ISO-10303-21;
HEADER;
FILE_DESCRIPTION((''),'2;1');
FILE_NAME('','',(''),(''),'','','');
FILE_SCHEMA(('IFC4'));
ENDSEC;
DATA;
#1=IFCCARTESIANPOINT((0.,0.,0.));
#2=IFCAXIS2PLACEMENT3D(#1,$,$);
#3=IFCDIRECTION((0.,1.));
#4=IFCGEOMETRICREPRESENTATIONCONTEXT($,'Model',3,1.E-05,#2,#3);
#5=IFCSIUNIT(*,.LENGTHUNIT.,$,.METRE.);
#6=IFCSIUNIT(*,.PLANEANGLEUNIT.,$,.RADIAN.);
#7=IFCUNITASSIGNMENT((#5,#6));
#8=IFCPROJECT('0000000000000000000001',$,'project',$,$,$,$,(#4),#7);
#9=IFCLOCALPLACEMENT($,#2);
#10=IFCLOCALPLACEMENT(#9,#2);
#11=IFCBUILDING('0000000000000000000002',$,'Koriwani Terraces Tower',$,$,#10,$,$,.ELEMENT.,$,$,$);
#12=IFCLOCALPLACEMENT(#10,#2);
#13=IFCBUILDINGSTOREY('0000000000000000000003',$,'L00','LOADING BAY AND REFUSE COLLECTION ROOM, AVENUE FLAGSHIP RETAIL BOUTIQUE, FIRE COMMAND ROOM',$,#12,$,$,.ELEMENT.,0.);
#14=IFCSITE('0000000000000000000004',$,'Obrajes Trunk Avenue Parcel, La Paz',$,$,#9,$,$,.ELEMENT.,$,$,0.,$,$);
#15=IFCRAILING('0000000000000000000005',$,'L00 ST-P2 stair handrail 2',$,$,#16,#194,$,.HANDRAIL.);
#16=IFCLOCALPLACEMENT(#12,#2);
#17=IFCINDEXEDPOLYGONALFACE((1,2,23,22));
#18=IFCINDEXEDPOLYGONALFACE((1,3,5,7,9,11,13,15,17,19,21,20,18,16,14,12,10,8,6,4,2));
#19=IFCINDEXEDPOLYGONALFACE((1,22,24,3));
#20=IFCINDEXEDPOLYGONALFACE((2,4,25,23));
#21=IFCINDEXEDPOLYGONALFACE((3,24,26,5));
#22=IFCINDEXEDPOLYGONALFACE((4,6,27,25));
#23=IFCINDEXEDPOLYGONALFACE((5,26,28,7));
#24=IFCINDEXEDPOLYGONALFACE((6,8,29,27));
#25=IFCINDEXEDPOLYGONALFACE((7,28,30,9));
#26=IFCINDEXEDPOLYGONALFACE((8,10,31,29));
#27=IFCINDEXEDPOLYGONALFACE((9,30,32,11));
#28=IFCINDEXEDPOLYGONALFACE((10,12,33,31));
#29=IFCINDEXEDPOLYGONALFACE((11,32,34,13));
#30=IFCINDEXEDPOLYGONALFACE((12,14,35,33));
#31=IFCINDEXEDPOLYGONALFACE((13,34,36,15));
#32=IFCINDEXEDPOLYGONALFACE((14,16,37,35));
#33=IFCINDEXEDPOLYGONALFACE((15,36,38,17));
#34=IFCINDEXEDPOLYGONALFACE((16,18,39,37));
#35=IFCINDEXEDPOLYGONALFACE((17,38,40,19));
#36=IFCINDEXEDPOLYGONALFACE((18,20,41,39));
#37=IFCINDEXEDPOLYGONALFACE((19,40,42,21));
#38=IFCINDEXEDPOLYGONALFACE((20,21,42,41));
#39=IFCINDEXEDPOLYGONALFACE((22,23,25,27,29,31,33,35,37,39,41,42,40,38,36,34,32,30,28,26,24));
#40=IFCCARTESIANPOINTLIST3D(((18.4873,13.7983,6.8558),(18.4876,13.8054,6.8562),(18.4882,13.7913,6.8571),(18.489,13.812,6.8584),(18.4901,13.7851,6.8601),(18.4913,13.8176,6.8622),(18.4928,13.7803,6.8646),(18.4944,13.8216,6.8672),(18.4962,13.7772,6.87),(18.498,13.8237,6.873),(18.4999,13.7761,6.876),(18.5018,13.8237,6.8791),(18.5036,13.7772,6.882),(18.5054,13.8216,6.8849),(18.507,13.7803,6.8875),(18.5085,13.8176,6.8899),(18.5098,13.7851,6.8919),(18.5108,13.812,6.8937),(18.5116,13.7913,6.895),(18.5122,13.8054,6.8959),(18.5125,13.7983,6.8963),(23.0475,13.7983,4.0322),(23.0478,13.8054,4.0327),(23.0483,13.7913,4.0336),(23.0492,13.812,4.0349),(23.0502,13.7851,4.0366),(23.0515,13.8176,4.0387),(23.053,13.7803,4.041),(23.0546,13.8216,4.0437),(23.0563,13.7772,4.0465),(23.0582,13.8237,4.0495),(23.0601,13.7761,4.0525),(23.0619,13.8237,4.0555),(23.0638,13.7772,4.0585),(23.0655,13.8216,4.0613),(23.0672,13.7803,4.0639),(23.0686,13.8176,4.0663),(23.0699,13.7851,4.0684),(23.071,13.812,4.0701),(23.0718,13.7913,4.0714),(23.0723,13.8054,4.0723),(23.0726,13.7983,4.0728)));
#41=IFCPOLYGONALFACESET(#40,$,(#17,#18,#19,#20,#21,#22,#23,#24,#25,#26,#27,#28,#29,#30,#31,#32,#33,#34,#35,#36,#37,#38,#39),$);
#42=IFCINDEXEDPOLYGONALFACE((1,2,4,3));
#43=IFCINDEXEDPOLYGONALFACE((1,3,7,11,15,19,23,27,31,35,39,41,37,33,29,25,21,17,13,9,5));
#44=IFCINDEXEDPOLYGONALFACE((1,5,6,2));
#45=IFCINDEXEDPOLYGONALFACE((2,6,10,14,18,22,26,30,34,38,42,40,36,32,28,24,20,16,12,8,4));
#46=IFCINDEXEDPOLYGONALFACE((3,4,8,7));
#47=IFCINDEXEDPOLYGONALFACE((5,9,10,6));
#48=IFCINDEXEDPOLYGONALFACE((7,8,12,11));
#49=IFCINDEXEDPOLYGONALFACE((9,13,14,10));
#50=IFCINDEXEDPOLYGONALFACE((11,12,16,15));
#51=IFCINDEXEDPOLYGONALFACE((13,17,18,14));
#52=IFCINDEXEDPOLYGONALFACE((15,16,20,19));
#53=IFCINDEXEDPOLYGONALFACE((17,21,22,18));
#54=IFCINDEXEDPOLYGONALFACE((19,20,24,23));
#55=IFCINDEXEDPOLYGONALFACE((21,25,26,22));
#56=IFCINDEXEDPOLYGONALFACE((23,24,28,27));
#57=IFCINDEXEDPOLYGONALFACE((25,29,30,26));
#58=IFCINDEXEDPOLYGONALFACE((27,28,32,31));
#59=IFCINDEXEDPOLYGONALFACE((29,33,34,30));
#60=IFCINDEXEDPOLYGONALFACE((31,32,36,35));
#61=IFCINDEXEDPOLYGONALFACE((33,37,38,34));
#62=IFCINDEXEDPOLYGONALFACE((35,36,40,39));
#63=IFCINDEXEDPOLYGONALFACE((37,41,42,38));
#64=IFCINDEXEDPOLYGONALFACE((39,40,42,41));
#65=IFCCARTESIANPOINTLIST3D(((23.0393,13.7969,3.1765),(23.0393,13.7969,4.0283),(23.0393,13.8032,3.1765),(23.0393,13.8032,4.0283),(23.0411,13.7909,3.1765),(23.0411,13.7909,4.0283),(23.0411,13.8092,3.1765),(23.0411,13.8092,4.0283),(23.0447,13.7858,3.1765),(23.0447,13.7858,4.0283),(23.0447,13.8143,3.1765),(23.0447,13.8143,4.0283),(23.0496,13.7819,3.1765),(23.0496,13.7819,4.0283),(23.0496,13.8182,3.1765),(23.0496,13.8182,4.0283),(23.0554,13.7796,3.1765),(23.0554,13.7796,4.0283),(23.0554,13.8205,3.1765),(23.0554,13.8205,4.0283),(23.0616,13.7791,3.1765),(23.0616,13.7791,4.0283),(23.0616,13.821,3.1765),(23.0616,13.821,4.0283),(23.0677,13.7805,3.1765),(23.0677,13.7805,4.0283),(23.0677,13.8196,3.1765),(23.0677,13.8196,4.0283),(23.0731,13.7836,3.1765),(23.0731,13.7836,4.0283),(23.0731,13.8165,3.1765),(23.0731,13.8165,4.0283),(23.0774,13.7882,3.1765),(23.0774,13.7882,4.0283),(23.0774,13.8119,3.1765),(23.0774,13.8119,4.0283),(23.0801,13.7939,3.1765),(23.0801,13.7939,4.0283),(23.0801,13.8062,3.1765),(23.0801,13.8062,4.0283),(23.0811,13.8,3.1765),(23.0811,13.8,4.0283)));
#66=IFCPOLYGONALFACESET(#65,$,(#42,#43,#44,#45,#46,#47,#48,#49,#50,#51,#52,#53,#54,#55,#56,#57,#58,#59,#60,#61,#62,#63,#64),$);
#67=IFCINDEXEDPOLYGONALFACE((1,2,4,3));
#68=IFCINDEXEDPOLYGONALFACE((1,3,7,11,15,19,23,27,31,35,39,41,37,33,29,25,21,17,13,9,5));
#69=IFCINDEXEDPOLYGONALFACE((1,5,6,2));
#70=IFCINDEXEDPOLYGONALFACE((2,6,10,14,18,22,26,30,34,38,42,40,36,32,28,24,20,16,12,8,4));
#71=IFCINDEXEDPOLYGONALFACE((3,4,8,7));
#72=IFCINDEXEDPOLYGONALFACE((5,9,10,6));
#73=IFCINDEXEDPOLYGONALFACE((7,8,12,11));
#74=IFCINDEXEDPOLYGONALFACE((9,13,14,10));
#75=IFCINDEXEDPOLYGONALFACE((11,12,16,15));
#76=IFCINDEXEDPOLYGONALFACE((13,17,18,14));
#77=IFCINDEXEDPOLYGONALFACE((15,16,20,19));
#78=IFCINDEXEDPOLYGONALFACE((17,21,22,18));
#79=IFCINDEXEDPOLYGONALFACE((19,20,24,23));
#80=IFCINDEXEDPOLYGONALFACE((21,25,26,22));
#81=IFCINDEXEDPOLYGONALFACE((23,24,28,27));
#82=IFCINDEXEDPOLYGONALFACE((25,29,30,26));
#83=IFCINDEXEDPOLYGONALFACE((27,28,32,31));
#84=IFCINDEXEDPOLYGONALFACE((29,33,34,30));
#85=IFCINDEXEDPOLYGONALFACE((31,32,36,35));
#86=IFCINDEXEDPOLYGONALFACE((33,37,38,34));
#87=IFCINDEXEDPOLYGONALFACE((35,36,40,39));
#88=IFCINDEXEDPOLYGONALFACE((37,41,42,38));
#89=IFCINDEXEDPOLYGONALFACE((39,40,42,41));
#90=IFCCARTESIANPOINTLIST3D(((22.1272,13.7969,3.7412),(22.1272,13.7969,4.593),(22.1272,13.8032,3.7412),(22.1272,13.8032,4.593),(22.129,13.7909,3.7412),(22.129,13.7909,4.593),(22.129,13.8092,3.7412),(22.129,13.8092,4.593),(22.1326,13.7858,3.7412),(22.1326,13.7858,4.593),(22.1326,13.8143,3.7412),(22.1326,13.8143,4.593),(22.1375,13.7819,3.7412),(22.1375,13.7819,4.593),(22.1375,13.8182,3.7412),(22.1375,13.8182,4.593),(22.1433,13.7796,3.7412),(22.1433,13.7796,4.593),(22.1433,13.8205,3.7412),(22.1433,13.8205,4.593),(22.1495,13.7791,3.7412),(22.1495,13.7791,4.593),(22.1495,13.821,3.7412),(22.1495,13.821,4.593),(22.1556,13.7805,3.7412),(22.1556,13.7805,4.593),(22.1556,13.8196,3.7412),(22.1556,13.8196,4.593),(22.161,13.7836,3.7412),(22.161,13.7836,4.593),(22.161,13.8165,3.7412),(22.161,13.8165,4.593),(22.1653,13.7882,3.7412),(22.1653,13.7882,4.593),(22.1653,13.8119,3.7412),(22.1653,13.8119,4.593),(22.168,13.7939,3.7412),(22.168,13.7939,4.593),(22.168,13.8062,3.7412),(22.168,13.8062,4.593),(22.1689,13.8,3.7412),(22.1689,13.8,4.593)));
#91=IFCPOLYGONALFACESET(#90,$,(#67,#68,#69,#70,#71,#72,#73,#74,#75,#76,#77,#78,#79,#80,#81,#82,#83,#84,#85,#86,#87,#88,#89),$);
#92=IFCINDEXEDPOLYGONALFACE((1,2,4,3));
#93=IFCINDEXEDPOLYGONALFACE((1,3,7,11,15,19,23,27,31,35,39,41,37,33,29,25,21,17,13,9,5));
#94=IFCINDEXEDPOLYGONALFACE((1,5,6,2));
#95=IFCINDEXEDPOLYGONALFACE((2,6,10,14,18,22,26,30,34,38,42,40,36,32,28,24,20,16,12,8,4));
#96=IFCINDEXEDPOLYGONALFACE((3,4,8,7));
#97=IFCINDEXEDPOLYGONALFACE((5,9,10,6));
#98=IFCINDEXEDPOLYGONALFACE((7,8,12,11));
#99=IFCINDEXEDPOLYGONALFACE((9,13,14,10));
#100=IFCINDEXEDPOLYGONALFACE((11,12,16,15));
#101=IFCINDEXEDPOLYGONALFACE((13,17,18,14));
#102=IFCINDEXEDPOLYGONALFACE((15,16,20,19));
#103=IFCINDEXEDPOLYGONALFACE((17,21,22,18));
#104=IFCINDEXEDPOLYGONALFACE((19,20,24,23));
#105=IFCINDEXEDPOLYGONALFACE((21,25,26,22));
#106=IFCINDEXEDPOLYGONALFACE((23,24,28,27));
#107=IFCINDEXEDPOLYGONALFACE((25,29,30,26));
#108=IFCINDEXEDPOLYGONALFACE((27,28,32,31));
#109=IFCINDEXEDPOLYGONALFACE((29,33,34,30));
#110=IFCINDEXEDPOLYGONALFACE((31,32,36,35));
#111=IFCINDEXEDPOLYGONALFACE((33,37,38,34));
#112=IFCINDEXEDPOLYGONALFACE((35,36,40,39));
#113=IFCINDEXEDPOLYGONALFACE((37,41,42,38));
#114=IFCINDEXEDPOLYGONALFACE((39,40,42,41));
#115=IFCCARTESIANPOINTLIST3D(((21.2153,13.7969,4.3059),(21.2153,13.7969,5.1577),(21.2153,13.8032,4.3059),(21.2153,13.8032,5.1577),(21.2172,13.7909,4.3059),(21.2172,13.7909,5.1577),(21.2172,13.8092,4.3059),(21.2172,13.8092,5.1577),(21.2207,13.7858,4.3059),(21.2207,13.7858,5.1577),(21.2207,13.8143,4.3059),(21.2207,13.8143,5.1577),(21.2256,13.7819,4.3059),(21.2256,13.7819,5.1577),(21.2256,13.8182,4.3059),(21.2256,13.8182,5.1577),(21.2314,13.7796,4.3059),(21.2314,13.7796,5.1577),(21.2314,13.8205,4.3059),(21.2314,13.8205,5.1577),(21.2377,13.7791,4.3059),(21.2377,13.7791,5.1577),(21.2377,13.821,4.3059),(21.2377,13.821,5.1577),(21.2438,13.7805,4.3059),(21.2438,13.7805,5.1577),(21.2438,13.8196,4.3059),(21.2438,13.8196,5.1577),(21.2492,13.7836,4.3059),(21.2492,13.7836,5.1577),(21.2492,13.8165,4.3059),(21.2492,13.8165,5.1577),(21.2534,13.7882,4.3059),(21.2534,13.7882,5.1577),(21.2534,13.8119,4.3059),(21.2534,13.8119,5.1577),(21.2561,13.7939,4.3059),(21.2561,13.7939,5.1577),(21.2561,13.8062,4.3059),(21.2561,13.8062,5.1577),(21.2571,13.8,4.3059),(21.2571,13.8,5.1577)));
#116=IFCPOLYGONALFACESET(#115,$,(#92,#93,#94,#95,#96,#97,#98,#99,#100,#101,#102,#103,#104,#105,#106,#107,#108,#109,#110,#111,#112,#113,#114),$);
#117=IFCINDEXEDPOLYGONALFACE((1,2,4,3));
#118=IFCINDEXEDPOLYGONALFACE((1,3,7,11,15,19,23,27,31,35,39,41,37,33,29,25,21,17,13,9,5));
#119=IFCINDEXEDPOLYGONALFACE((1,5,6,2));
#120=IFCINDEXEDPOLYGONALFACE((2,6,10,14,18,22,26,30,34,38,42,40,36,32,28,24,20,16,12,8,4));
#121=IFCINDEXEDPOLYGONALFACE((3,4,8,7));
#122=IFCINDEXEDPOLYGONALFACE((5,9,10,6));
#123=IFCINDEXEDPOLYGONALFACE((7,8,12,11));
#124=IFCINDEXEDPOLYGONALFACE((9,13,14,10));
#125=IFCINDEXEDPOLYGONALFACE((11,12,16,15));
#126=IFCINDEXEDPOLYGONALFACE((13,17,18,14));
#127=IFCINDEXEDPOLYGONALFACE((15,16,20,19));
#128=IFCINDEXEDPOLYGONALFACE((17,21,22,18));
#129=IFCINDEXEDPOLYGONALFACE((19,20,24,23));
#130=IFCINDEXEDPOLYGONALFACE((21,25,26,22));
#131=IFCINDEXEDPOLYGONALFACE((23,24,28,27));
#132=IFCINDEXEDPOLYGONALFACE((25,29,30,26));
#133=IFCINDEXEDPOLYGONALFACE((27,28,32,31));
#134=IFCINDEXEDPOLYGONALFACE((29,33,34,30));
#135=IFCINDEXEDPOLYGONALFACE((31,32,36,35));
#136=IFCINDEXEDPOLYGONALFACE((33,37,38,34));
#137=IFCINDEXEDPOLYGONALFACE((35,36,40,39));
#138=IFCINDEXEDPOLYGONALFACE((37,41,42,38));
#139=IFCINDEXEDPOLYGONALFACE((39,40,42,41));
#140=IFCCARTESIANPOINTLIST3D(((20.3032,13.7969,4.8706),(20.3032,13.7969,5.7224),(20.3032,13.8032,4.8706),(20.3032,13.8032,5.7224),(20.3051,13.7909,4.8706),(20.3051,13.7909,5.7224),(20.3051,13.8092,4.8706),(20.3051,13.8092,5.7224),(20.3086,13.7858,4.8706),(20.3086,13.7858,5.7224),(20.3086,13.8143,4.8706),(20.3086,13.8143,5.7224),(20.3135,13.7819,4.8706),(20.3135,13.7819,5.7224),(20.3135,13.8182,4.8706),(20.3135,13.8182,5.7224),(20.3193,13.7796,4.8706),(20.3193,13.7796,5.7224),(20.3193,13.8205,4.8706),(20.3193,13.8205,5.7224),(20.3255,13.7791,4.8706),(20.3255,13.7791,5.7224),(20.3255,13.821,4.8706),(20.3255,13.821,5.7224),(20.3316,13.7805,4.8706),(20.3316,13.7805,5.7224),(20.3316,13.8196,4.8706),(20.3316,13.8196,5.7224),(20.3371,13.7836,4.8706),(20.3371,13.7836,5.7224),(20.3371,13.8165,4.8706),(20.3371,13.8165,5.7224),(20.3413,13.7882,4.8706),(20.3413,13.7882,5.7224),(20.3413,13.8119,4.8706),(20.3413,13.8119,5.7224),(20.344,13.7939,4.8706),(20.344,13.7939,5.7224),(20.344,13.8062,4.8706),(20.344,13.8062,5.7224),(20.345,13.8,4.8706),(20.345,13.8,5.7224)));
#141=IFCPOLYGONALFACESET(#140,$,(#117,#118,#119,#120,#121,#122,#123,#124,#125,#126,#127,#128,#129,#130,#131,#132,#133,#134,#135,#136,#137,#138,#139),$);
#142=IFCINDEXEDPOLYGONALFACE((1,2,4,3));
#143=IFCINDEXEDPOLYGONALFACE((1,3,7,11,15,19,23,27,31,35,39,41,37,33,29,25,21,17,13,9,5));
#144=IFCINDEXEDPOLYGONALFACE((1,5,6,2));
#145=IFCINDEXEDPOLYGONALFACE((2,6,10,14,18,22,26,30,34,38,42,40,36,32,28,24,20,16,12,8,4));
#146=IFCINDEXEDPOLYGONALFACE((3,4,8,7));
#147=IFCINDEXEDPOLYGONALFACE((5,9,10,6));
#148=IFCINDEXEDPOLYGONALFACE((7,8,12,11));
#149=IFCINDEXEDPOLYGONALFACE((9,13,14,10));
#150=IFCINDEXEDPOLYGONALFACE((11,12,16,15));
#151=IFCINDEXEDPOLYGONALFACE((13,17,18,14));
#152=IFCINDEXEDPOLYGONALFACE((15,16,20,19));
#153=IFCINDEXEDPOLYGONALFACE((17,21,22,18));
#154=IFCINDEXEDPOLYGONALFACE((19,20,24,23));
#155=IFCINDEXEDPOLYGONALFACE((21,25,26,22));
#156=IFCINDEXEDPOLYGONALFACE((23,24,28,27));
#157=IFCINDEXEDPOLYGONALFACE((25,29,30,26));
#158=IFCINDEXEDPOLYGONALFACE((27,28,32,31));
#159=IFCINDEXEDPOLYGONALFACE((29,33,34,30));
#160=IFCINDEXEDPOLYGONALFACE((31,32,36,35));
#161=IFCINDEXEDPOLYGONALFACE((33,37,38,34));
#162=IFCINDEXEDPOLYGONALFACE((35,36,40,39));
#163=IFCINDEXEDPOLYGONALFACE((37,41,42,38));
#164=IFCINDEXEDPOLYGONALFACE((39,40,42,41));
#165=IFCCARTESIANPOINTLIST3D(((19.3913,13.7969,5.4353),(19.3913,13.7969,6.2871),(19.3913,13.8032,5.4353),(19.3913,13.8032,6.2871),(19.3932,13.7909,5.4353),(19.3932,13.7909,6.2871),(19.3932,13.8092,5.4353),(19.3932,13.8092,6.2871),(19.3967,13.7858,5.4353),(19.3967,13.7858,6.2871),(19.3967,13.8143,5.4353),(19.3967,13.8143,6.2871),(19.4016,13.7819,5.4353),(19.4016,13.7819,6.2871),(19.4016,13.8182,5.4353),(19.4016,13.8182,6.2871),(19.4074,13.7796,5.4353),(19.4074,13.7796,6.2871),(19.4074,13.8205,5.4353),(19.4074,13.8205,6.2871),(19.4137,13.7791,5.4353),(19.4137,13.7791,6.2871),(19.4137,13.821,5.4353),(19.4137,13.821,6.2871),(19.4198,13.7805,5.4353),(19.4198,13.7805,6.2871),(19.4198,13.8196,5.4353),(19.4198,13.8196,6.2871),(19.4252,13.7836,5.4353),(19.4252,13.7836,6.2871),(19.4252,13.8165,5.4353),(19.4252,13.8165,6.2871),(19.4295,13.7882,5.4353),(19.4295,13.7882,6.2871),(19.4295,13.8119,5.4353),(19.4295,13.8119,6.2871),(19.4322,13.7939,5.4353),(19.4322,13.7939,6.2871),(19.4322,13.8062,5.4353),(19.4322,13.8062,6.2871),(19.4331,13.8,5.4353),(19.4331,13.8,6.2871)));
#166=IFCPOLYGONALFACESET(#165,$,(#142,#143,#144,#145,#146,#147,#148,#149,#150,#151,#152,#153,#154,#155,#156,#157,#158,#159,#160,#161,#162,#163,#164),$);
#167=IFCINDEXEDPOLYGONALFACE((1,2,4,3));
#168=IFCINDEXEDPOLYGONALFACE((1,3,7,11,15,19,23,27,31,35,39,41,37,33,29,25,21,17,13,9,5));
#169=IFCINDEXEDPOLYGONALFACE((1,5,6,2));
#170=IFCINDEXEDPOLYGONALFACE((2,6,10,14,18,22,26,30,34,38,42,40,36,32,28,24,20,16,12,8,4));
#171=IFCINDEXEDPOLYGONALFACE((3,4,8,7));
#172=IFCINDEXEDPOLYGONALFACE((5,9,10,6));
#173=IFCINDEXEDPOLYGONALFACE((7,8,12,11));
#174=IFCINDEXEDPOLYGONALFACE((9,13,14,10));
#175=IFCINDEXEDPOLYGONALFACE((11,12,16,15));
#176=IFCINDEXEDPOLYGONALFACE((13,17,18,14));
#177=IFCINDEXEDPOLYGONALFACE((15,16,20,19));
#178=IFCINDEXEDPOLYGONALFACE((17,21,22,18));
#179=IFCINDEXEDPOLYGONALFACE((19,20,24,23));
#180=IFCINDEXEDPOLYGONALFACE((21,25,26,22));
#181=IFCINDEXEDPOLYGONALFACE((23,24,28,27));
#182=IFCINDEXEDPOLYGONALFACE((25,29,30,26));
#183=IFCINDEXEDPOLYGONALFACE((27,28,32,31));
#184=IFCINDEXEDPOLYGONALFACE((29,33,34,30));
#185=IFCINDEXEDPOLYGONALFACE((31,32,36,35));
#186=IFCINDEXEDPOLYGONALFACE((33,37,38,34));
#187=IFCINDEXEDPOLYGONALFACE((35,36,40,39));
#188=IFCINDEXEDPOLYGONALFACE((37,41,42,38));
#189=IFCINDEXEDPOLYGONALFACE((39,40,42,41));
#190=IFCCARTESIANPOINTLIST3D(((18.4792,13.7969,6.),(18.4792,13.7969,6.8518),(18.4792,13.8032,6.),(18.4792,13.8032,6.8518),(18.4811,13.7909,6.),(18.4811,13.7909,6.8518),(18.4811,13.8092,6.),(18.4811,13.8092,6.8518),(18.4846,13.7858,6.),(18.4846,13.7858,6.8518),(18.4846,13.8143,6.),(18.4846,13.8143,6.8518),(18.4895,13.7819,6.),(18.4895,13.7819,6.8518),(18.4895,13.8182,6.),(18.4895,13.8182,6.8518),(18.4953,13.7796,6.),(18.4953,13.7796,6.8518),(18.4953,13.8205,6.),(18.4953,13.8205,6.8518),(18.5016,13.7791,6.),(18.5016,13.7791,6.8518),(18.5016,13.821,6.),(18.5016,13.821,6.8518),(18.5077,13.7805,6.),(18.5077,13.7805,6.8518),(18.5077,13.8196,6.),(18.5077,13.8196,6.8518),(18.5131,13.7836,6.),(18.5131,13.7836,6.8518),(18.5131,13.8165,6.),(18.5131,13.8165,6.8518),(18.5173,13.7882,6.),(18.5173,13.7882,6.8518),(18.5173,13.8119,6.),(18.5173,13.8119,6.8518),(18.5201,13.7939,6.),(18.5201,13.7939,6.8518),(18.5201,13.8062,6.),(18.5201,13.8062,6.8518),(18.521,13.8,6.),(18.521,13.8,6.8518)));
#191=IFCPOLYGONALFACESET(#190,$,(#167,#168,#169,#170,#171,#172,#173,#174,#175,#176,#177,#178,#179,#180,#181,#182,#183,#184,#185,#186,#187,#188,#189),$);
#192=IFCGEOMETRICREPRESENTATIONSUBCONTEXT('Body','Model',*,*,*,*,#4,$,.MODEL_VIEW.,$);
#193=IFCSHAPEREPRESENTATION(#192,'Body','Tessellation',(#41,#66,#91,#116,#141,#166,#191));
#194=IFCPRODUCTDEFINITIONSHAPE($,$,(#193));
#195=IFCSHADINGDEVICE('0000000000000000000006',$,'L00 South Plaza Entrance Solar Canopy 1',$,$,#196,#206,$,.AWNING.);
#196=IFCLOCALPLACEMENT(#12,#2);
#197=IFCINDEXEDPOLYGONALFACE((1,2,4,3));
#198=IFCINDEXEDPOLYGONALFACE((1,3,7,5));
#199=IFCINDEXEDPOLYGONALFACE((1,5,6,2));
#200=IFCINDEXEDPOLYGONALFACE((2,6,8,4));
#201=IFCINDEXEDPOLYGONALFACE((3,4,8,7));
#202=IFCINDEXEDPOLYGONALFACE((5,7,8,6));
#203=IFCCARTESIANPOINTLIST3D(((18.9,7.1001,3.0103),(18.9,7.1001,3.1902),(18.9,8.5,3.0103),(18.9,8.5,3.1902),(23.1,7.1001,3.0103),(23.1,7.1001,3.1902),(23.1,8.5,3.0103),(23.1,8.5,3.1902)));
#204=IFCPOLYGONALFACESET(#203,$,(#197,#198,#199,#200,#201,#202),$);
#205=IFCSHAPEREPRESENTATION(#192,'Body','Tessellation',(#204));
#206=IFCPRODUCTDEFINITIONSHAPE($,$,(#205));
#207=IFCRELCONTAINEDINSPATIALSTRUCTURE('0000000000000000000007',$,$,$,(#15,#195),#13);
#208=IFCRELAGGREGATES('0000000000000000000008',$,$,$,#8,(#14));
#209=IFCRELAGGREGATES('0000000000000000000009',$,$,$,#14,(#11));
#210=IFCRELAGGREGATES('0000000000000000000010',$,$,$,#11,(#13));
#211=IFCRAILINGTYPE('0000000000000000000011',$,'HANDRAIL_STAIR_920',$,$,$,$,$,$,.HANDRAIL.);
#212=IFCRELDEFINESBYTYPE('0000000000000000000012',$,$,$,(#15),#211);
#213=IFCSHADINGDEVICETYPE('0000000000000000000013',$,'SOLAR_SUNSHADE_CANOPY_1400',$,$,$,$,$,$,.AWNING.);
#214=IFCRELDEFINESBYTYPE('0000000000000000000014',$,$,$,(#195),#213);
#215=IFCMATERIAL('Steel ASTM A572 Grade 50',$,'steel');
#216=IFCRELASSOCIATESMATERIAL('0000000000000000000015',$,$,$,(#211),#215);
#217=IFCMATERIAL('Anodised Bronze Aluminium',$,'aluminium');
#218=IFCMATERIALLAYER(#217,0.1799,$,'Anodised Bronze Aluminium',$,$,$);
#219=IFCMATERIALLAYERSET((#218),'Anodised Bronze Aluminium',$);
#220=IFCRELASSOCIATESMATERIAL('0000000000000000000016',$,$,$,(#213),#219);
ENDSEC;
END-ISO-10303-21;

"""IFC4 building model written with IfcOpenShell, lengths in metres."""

from ifc_helpers import new_model, si_unit, direction, frame, origin, origin_2d, place, context, subcontext, project, spatial, rectangle, circle, extrude, material, layer, layer_set, type_object, element, save


model = new_model("IFC4")

# Units and contexts
model_context = context("Model", 3, precision=1e-05, world=origin(), true_north=direction((0.0, 1.0)))
body_context = subcontext(model_context, "Body", "Model", "MODEL_VIEW")
ifc_project = project(units=[si_unit("LENGTHUNIT", "METRE"), si_unit("PLANEANGLEUNIT", "RADIAN")], contexts=[model_context])

# Site, building, storey
site_placement = place(None, origin())
site = spatial("IfcSite", under=ifc_project, at=site_placement, Name="Obrajes Trunk Avenue Parcel, La Paz", CompositionType="ELEMENT", RefElevation=0.0)
building_placement = place(site_placement, origin())
building = spatial("IfcBuilding", under=site, at=building_placement, Name="Koriwani Terraces Tower", CompositionType="ELEMENT")
storey_placement = place(building_placement, origin())
storey = spatial("IfcBuildingStorey", under=building, at=storey_placement, Name="L00", Description="LOADING BAY AND REFUSE COLLECTION ROOM, AVENUE FLAGSHIP RETAIL BOUTIQUE, FIRE COMMAND ROOM", CompositionType="ELEMENT", Elevation=0.0)

# Shared definitions
ifc_material_1 = material(Name="Steel ASTM A572 Grade 50", Category="steel")

# Railing
railing_type_1 = type_object("IfcRailingType", Name="HANDRAIL_STAIR_920", PredefinedType="HANDRAIL", material=ifc_material_1)
railing_1_placement = place(storey_placement, frame((23.0601, 13.8, 3.1765)))
element("IfcRailing", 1, at=railing_1_placement, inside=storey, type_object=railing_type_1, Name="L00 ST-P2 stair handrail 2", PredefinedType="HANDRAIL", context=body_context, shape_type="SweptSolid", body=[
    extrude(circle(Radius=0.0239, at=origin_2d()), frame((0.0, 0.0, 0.876), z_axis=(-0.850216, 0.0, 0.526435), x_axis=(0.0, -1.0, 0.0)), (0.0, 0.0, 1.0), 5.3635),
    extrude(circle(Radius=0.021, at=origin_2d()), origin(), (0.0, 0.0, 1.0), 0.8518),
    extrude(circle(Radius=0.021, at=origin_2d()), frame((-0.9121, 0.0, 0.5647)), (0.0, 0.0, 1.0), 0.8518),
    extrude(circle(Radius=0.021, at=origin_2d()), frame((-1.824, 0.0, 1.1294)), (0.0, 0.0, 1.0), 0.8518),
    extrude(circle(Radius=0.021, at=origin_2d()), frame((-2.7361, 0.0, 1.6941)), (0.0, 0.0, 1.0), 0.8518),
    extrude(circle(Radius=0.021, at=origin_2d()), frame((-3.6479, 0.0, 2.2588)), (0.0, 0.0, 1.0), 0.8518),
    extrude(circle(Radius=0.021, at=origin_2d()), frame((-4.5601, 0.0, 2.8235)), (0.0, 0.0, 1.0), 0.8518),
])

# Shading device
ifc_material_2 = material(Name="Anodised Bronze Aluminium", Category="aluminium")
ifc_layer_1 = layer(ifc_material_2, 0.1799, Name="Anodised Bronze Aluminium")
ifc_layer_set_1 = layer_set([ifc_layer_1], Name="Anodised Bronze Aluminium")
shading_device_type = type_object("IfcShadingDeviceType", Name="SOLAR_SUNSHADE_CANOPY_1400", PredefinedType="AWNING", material=ifc_layer_set_1)
for number, where, z_axis, x_axis, name in (
    (2, (21.0, 7.8, 3.0103), (0.0, 0.0, 1.0), (1.0, 0.0, 0.0), "L00 South Plaza Entrance Solar Canopy 1"),
):
    element("IfcShadingDevice", number, at=place(storey_placement, frame(where, z_axis=z_axis, x_axis=x_axis)), inside=storey, type_object=shading_device_type, Name=name, PredefinedType="AWNING", context=body_context, shape_type="SweptSolid", body=[
        extrude(rectangle(XDim=4.2, YDim=1.3999, at=origin_2d()), origin(), (0.0, 0.0, 1.0), 0.1799),
    ])

save(model, "model.ifc")
